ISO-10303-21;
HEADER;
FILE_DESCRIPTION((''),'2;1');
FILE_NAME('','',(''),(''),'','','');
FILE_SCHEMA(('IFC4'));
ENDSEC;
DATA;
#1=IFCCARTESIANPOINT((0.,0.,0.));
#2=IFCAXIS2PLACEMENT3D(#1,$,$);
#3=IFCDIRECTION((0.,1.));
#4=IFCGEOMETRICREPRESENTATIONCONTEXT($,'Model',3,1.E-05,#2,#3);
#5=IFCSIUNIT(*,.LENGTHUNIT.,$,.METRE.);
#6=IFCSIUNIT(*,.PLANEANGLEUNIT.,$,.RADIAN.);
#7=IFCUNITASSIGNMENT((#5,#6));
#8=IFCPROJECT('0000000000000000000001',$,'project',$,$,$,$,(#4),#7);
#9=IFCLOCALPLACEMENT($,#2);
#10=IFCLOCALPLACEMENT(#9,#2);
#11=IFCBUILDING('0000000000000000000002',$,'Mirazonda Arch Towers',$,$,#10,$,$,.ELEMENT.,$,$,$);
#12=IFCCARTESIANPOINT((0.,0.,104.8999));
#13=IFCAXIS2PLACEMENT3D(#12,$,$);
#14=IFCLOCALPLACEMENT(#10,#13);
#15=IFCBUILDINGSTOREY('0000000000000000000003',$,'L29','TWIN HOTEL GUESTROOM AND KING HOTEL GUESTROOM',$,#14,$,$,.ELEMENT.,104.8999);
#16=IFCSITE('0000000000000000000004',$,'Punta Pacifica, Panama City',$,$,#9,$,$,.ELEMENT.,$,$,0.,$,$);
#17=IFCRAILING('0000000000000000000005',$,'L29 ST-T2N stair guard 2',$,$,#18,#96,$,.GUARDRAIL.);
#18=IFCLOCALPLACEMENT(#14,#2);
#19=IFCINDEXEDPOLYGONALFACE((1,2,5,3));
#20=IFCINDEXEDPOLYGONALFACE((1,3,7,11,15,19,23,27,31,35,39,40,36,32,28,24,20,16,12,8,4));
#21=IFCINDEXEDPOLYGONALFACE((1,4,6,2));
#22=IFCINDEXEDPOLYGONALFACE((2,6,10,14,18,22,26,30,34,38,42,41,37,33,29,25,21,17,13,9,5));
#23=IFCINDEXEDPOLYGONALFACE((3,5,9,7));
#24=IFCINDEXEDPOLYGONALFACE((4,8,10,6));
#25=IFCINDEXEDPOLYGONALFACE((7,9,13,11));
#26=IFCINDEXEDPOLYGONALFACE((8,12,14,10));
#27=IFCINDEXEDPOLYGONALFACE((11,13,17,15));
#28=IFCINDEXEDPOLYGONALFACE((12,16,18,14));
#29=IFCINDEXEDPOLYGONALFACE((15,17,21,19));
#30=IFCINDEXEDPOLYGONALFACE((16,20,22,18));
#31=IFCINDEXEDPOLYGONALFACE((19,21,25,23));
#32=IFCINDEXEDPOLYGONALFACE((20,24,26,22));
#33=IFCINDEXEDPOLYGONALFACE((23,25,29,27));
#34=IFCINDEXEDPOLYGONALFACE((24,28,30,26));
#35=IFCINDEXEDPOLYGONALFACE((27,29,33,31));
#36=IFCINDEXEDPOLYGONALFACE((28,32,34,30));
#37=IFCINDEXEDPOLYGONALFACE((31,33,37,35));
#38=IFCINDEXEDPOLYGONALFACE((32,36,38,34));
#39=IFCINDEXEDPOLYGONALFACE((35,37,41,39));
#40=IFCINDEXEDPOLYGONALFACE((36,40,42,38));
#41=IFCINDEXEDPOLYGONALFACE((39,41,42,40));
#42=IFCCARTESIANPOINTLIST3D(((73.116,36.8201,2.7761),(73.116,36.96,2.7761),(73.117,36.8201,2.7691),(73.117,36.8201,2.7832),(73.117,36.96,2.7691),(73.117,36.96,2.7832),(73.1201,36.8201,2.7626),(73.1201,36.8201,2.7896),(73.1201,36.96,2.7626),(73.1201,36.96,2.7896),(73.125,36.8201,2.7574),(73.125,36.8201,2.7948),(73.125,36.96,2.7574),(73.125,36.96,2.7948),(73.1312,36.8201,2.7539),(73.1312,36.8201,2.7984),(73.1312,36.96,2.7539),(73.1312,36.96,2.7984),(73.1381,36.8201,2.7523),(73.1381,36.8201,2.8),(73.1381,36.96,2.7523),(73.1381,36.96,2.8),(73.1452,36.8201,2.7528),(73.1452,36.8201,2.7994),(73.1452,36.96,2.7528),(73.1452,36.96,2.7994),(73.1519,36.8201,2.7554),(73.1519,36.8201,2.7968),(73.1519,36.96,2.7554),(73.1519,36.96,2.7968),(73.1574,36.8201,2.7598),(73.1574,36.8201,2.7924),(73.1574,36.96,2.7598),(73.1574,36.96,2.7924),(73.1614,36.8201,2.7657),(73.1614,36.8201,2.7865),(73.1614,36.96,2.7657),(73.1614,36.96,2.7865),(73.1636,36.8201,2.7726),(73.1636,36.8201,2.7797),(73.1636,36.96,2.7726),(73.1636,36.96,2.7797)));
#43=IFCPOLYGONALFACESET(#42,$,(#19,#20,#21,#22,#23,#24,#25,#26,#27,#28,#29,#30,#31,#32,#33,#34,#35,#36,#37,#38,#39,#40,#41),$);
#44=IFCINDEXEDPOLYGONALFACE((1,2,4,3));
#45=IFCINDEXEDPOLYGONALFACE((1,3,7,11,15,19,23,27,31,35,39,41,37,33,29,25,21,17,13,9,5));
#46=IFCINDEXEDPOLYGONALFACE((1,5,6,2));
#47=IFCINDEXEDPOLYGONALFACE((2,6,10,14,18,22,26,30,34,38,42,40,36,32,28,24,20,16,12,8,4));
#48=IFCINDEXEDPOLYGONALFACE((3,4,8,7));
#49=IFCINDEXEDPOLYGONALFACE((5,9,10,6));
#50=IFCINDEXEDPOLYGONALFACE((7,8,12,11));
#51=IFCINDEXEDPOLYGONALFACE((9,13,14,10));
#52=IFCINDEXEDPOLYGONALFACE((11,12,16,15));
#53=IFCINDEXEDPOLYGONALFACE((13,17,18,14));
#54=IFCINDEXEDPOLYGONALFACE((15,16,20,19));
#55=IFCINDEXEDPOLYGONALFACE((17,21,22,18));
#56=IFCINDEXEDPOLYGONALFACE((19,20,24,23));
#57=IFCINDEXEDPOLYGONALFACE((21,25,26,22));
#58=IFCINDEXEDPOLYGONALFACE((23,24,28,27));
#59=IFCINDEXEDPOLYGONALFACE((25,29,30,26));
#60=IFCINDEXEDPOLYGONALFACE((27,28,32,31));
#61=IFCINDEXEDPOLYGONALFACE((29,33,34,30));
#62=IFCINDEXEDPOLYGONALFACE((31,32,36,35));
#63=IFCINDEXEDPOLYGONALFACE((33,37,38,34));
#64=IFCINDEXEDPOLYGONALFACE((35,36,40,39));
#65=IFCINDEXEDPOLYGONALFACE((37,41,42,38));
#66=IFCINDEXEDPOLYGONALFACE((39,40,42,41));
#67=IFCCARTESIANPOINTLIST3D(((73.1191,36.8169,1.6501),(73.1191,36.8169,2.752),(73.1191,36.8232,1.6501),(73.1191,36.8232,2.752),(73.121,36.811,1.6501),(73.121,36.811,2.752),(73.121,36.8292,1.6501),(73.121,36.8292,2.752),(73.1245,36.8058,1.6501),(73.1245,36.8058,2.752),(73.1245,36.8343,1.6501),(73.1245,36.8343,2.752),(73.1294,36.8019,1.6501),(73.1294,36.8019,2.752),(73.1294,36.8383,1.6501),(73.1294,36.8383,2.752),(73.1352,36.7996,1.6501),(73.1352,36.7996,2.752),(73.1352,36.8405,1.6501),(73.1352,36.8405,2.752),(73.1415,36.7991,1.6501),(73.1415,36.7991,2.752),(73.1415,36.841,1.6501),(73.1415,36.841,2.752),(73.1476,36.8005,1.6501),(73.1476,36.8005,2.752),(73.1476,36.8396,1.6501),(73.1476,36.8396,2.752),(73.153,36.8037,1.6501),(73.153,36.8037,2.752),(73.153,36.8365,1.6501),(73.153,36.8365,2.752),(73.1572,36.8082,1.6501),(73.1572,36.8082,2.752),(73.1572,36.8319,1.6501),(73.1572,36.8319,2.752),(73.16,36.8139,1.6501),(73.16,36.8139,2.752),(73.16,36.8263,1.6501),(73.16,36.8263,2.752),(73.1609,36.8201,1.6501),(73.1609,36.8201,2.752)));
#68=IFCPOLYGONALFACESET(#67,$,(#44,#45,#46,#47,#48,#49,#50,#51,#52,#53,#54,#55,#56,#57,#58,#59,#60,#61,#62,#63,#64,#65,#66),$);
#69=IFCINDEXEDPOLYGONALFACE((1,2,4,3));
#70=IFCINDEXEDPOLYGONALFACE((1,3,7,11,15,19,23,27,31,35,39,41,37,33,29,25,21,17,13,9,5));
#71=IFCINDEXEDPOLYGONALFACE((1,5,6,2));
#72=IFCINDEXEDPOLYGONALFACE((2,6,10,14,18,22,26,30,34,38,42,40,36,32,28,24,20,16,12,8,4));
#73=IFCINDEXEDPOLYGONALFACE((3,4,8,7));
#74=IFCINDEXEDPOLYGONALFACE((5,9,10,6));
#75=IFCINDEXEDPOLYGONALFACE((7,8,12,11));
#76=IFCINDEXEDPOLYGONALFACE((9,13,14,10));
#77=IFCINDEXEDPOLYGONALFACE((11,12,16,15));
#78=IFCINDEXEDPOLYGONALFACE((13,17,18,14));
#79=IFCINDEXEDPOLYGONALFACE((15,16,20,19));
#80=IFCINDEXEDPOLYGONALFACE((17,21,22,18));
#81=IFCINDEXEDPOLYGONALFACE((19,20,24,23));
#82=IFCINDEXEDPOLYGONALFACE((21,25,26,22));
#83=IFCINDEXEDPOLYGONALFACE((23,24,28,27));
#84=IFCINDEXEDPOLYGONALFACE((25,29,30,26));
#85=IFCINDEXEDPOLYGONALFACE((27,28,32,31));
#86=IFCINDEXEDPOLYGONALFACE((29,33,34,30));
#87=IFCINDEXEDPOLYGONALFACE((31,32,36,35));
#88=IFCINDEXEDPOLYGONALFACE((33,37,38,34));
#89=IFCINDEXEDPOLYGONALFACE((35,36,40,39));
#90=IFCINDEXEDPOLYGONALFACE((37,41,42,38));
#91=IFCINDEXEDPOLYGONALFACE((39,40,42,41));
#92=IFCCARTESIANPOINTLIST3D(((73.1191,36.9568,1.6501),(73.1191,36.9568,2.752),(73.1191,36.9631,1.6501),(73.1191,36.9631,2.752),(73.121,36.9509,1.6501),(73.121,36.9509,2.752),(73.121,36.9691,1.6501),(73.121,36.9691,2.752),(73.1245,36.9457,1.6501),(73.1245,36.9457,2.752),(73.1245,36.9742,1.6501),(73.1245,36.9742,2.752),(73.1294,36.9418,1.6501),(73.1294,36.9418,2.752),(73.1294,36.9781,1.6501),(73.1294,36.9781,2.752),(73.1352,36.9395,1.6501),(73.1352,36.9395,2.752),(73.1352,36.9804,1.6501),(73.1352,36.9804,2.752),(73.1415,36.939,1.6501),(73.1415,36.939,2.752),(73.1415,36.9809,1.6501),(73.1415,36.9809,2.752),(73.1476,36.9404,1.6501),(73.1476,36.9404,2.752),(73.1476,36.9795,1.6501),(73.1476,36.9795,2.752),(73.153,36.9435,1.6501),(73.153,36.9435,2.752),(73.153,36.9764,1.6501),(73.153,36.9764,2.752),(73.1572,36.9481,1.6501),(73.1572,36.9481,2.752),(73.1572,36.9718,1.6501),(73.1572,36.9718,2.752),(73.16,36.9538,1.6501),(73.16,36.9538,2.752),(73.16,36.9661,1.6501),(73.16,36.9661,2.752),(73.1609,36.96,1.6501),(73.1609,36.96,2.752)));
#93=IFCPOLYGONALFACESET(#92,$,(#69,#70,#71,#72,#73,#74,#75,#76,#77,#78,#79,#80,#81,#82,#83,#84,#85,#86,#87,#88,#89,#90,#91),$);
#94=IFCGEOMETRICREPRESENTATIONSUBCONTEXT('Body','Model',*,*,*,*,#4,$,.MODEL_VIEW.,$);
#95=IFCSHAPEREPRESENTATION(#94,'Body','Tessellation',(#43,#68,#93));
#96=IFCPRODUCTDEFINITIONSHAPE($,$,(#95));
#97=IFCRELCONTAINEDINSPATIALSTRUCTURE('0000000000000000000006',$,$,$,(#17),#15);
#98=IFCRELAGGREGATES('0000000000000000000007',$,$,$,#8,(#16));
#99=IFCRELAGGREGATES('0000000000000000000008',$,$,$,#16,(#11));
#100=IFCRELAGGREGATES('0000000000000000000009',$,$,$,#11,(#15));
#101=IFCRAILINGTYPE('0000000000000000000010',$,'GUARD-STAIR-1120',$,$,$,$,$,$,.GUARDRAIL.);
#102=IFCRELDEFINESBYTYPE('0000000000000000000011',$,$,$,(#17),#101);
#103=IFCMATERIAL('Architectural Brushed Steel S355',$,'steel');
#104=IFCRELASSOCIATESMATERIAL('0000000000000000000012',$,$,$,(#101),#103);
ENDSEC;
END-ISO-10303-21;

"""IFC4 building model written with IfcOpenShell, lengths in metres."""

from ifc_helpers import new_model, si_unit, direction, frame, origin, origin_2d, place, context, subcontext, project, spatial, circle, extrude, material, type_object, element, save


model = new_model("IFC4")

# Units and contexts
model_context = context("Model", 3, precision=1e-05, world=origin(), true_north=direction((0.0, 1.0)))
body_context = subcontext(model_context, "Body", "Model", "MODEL_VIEW")
ifc_project = project(units=[si_unit("LENGTHUNIT", "METRE"), si_unit("PLANEANGLEUNIT", "RADIAN")], contexts=[model_context])

# Site, building, storey
site_placement = place(None, origin())
site = spatial("IfcSite", under=ifc_project, at=site_placement, Name="Punta Pacifica, Panama City", CompositionType="ELEMENT", RefElevation=0.0)
building_placement = place(site_placement, origin())
building = spatial("IfcBuilding", under=site, at=building_placement, Name="Mirazonda Arch Towers", CompositionType="ELEMENT")
storey_placement = place(building_placement, frame((0.0, 0.0, 104.8999)))
storey = spatial("IfcBuildingStorey", under=building, at=storey_placement, Name="L29", Description="TWIN HOTEL GUESTROOM AND KING HOTEL GUESTROOM", CompositionType="ELEMENT", Elevation=104.8999)

# Shared definitions
ifc_material_1 = material(Name="Architectural Brushed Steel S355", Category="steel")

# Railing
railing_type_1 = type_object("IfcRailingType", Name="GUARD-STAIR-1120", PredefinedType="GUARDRAIL", material=ifc_material_1)
railing_1_placement = place(storey_placement, frame((73.1399, 36.8201, 1.6501)))
element("IfcRailing", 1, at=railing_1_placement, inside=storey, type_object=railing_type_1, Name="L29 ST-T2N stair guard 2", PredefinedType="GUARDRAIL", context=body_context, shape_type="SweptSolid", body=[
    extrude(circle(Radius=0.0239, at=origin_2d()), frame((0.0, 0.0, 1.126), z_axis=(0.0, 1.0, 0.0), x_axis=(-1.0, 0.0, 0.0)), (0.0, 0.0, 1.0), 0.1399),
    extrude(circle(Radius=0.021, at=origin_2d()), origin(), (0.0, 0.0, 1.0), 1.1018),
    extrude(circle(Radius=0.021, at=origin_2d()), frame((0.0, 0.1399, 0.0)), (0.0, 0.0, 1.0), 1.1018),
])

save(model, "model.ifc")
